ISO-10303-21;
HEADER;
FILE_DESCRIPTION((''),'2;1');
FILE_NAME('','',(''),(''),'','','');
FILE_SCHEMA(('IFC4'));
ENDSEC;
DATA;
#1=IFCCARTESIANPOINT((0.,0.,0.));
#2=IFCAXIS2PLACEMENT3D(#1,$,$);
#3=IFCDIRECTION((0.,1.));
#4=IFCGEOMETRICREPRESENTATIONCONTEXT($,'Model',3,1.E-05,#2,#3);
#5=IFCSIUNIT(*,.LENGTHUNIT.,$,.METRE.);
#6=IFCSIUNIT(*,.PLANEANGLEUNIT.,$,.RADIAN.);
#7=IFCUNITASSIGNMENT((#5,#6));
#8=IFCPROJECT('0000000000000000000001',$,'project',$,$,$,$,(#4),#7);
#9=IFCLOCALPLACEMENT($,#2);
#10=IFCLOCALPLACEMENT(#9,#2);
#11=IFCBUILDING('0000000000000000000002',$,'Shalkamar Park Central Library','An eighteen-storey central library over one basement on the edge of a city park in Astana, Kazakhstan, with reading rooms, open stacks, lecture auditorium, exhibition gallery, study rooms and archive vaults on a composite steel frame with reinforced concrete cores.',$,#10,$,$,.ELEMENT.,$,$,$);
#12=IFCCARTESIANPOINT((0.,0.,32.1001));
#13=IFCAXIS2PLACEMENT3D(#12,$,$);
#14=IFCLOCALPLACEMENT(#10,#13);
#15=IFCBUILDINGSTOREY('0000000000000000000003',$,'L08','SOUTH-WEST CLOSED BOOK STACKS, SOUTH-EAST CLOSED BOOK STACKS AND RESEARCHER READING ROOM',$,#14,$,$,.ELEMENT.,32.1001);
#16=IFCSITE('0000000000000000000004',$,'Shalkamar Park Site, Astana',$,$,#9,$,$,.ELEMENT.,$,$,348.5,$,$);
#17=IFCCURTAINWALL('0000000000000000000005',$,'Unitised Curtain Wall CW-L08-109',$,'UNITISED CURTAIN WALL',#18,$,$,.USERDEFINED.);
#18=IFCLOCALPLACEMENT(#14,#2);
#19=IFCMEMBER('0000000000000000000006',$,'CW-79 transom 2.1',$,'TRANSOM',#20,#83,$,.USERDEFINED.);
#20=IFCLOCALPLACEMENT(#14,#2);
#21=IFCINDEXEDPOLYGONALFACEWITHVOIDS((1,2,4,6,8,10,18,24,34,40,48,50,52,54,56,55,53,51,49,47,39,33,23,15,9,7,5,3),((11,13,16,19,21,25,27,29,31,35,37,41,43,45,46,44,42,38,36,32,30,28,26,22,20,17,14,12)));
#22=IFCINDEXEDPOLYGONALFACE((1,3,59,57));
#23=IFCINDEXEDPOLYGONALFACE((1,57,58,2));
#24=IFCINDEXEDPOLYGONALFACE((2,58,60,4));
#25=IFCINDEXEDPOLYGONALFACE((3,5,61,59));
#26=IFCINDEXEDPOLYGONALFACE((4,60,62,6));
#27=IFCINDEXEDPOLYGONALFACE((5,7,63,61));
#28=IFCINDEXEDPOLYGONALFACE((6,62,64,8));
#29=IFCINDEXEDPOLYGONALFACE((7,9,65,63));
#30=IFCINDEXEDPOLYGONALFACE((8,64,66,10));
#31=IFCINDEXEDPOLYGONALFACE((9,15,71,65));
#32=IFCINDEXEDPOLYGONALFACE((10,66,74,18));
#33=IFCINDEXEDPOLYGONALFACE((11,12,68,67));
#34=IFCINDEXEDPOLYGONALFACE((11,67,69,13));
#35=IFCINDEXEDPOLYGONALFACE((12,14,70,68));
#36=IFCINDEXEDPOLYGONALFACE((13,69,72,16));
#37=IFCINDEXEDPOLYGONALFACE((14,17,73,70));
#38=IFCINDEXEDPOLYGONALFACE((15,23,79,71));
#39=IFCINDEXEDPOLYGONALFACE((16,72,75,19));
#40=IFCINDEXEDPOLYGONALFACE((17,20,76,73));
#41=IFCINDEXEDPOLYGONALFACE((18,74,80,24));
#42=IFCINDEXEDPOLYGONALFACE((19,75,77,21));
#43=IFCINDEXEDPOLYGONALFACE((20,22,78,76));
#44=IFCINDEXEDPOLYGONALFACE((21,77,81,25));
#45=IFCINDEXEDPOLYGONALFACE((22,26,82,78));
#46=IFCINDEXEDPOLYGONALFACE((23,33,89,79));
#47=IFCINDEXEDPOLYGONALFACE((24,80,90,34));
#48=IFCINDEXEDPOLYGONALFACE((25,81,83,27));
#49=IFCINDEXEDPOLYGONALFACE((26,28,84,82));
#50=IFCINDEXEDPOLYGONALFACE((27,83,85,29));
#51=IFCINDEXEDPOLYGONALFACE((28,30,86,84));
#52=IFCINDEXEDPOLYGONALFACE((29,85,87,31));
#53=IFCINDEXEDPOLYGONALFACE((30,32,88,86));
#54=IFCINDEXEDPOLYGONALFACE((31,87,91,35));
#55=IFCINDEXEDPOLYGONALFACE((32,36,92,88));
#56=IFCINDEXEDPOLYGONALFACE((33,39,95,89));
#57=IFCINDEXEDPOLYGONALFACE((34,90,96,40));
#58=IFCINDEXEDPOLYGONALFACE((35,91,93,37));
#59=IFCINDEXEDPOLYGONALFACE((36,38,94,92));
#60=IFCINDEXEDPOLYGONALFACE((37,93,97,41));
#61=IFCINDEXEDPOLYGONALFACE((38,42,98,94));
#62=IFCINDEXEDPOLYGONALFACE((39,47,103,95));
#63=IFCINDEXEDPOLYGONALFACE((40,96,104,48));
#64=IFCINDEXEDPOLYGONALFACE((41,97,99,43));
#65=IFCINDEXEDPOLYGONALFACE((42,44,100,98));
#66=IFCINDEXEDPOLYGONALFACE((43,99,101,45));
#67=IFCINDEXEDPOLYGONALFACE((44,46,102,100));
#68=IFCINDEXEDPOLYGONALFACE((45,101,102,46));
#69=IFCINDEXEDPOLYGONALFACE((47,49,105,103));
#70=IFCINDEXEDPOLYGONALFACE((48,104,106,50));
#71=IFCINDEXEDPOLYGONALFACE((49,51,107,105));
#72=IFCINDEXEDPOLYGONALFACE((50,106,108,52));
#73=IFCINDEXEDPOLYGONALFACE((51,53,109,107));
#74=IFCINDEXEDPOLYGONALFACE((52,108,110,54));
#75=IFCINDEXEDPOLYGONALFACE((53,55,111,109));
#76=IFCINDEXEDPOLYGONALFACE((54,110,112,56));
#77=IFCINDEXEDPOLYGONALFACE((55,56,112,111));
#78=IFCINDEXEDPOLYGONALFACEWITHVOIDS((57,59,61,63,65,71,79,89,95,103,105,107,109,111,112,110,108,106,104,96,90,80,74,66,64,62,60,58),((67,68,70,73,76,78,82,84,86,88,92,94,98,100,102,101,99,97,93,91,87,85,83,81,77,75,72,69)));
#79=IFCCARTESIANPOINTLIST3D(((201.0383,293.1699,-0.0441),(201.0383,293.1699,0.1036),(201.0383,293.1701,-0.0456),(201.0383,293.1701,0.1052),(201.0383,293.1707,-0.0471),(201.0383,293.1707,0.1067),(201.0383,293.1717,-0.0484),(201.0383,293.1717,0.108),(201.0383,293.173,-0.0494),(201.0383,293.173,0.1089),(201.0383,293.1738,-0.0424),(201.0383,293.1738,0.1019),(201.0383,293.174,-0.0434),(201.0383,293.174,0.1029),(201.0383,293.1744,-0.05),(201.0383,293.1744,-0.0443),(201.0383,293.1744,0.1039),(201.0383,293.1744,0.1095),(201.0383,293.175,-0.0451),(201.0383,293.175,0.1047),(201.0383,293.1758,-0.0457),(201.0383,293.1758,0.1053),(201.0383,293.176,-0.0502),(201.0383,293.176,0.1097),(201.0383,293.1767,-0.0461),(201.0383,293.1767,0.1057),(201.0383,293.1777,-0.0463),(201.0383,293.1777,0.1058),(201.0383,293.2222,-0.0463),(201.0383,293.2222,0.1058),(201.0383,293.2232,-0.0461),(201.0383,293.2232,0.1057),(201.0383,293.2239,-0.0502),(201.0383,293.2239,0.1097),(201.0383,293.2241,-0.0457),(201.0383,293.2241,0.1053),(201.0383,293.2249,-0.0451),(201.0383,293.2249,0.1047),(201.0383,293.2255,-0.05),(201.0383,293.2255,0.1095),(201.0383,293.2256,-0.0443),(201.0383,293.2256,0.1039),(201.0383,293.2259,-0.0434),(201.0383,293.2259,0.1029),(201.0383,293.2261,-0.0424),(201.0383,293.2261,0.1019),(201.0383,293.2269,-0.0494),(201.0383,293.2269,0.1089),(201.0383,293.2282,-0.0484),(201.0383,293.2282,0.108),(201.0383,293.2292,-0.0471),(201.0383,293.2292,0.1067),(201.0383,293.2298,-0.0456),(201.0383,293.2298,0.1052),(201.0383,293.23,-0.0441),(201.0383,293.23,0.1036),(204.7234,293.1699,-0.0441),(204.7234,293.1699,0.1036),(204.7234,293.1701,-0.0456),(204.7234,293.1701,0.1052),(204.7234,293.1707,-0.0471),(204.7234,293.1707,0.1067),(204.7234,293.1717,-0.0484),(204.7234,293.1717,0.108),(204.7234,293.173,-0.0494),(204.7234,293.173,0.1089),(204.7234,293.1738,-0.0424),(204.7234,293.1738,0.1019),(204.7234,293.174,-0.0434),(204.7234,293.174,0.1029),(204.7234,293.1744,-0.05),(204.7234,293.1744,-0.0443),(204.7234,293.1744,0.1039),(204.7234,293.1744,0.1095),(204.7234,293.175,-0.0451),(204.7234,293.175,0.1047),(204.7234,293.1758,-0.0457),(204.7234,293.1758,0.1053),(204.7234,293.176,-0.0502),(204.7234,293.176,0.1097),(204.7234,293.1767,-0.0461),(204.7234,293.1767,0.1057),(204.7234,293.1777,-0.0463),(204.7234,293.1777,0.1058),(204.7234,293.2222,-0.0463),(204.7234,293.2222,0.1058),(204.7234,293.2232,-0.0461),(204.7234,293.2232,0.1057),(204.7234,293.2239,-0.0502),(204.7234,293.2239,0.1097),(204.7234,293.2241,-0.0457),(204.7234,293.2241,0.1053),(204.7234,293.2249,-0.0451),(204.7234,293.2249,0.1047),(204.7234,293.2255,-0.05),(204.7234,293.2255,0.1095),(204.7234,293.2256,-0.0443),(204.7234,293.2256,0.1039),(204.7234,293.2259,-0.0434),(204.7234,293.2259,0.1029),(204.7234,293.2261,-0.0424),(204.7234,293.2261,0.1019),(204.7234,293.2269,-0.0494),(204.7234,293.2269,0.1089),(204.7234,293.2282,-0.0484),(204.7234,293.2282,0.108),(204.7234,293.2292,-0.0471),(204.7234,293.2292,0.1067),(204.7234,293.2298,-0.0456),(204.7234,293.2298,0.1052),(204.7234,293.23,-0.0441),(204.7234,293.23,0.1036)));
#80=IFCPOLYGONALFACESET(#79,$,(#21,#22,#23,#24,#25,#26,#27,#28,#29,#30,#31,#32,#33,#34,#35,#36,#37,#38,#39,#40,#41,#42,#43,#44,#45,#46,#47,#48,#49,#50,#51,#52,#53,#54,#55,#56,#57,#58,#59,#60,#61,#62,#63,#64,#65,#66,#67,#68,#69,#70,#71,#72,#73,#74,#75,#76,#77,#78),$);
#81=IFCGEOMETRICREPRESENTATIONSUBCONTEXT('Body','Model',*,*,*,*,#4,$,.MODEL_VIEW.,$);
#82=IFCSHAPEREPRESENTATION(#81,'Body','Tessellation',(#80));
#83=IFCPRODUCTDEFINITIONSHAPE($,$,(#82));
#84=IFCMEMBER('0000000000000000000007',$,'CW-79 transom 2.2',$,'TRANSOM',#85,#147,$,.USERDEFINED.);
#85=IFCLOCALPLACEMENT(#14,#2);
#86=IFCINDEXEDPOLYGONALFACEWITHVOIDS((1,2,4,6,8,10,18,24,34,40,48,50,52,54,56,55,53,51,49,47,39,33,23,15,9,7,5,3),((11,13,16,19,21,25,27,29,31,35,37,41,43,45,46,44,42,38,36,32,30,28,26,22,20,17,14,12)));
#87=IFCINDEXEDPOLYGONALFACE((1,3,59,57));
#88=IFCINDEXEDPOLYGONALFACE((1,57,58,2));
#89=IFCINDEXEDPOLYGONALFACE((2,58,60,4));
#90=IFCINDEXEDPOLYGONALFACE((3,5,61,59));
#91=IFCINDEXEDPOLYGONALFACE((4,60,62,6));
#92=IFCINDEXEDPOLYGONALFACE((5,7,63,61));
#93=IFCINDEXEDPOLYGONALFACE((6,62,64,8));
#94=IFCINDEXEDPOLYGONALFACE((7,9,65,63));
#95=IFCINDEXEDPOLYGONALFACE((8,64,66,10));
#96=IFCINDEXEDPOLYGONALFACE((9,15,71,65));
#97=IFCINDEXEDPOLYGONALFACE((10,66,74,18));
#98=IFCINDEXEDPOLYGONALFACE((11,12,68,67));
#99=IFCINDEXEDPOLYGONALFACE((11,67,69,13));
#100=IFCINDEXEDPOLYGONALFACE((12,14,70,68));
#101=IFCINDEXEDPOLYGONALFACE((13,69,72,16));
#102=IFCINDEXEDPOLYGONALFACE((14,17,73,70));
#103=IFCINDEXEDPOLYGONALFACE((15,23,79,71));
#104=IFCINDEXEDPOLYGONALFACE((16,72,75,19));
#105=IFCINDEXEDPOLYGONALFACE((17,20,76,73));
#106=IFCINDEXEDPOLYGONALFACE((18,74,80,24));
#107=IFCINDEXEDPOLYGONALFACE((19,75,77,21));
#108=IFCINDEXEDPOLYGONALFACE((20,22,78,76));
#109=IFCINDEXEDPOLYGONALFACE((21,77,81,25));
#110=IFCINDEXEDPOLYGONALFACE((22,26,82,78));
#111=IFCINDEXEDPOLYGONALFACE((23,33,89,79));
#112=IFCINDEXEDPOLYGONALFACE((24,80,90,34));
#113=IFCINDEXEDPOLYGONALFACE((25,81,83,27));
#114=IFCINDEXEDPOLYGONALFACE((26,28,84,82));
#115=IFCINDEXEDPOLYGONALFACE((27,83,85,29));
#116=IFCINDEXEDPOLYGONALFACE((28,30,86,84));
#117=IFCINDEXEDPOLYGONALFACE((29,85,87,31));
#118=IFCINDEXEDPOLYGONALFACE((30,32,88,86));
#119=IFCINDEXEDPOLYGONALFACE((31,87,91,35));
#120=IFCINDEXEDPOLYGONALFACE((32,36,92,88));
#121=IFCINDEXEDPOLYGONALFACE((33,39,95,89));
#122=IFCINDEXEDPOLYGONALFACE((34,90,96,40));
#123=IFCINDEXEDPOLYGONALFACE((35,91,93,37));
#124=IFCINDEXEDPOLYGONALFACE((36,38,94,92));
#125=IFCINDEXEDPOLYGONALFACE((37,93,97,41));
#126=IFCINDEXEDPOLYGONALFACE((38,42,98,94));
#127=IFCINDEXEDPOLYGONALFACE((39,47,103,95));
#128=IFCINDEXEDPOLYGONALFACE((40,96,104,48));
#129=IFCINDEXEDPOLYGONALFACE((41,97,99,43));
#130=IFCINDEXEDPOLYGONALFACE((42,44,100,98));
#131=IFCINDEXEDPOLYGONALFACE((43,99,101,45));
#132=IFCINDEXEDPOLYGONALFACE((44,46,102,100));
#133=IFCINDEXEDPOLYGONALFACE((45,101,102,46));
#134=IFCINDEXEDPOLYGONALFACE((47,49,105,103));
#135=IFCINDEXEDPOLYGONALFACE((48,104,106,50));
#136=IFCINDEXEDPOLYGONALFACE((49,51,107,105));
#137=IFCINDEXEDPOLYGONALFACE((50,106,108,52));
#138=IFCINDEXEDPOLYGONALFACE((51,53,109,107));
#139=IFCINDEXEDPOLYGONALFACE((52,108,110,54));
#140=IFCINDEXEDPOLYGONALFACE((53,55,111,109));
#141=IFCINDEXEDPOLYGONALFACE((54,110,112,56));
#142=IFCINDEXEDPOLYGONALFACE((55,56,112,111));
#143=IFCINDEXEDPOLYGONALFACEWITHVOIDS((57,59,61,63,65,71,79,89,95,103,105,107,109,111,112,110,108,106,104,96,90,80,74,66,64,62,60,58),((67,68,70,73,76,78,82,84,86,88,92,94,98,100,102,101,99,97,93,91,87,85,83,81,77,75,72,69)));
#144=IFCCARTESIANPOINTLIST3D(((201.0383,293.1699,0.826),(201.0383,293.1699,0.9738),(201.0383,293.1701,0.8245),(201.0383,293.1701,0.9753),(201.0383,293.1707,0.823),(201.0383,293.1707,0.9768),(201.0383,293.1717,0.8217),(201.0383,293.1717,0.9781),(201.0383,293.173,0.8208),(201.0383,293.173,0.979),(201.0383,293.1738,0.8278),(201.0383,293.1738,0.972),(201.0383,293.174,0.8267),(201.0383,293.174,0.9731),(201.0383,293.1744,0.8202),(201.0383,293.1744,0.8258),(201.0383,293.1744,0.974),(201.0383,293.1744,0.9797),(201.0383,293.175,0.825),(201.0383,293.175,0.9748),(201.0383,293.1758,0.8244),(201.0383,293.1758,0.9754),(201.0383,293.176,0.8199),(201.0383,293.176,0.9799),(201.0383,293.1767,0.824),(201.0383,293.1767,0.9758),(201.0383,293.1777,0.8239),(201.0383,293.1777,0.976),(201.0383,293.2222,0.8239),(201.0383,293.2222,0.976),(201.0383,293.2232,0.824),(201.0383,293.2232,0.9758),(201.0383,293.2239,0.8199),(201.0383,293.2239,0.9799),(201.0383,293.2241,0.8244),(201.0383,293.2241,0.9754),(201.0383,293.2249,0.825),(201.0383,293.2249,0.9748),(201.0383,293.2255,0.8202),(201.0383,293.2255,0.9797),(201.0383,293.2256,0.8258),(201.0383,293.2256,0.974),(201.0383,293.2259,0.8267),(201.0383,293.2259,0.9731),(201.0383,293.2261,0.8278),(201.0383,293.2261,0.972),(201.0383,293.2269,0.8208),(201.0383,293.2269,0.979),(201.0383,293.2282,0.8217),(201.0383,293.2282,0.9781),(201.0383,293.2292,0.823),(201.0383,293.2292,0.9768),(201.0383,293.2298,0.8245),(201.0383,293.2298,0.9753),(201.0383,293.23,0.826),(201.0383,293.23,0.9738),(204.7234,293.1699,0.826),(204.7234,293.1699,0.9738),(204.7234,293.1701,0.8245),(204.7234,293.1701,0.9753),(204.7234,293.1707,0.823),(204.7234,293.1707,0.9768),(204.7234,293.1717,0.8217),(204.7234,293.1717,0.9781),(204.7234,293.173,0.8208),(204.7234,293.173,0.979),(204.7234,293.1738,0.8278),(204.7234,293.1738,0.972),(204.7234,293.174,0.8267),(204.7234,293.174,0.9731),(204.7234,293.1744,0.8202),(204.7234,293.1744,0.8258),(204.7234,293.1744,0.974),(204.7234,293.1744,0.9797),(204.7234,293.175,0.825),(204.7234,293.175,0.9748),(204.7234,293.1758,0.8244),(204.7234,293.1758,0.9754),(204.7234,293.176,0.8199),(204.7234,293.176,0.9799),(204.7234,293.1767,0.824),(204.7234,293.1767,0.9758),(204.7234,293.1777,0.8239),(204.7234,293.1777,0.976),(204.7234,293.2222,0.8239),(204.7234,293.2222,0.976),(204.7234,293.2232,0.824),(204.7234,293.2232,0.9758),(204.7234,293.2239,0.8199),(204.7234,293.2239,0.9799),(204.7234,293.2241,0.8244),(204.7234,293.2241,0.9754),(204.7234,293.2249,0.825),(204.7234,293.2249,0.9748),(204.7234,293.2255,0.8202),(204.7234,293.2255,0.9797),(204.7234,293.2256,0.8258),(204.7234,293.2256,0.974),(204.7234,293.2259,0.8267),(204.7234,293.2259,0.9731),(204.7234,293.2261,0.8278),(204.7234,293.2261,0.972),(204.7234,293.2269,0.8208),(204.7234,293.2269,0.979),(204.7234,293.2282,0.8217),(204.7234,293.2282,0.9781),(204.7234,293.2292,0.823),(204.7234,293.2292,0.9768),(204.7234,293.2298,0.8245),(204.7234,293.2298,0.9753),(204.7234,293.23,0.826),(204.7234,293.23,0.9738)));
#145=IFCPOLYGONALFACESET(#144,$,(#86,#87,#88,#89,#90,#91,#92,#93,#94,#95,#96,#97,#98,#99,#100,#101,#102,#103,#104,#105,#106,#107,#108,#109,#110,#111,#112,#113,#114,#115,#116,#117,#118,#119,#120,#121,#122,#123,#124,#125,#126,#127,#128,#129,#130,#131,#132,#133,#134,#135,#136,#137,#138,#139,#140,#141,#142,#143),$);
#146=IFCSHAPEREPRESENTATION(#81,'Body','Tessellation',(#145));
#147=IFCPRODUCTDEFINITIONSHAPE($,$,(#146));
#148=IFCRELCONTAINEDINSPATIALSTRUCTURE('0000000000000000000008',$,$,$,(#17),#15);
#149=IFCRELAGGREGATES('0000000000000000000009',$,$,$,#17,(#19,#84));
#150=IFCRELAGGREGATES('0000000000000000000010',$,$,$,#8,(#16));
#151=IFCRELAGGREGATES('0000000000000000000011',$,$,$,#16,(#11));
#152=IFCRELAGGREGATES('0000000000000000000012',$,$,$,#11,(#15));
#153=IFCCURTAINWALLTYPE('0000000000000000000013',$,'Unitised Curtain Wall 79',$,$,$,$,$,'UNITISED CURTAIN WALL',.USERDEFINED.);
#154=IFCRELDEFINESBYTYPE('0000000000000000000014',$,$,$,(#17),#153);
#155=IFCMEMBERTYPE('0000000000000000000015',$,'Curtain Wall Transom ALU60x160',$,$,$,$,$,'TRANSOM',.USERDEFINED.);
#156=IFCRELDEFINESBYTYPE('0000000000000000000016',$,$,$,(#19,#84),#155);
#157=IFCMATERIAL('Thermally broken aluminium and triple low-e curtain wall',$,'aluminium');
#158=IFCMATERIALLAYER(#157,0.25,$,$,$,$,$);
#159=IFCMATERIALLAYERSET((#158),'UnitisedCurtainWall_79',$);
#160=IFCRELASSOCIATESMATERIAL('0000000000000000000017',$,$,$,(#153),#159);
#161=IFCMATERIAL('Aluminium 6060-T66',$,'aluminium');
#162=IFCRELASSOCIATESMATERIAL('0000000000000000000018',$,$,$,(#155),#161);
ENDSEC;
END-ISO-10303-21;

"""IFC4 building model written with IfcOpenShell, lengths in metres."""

from ifc_helpers import new_model, si_unit, direction, frame, origin, origin_2d, place, context, subcontext, project, spatial, hollow_rectangle, extrude, material, layer, layer_set, material_profile, profile_set, type_object, element, aggregate, save


model = new_model("IFC4")

# Units and contexts
model_context = context("Model", 3, precision=1e-05, world=origin(), true_north=direction((0.0, 1.0)))
body_context = subcontext(model_context, "Body", "Model", "MODEL_VIEW")
ifc_project = project(units=[si_unit("LENGTHUNIT", "METRE"), si_unit("PLANEANGLEUNIT", "RADIAN")], contexts=[model_context])

# Site, building, storey
site_placement = place(None, origin())
site = spatial("IfcSite", under=ifc_project, at=site_placement, Name="Shalkamar Park Site, Astana", CompositionType="ELEMENT", RefElevation=348.5)
building_placement = place(site_placement, origin())
building = spatial("IfcBuilding", under=site, at=building_placement, Name="Shalkamar Park Central Library", Description="An eighteen-storey central library over one basement on the edge of a city park in Astana, Kazakhstan, with reading rooms, open stacks, lecture auditorium, exhibition gallery, study rooms and archive vaults on a composite steel frame with reinforced concrete cores.", CompositionType="ELEMENT")
storey_placement = place(building_placement, frame((0.0, 0.0, 32.1001)))
storey = spatial("IfcBuildingStorey", under=building, at=storey_placement, Name="L08", Description="SOUTH-WEST CLOSED BOOK STACKS, SOUTH-EAST CLOSED BOOK STACKS AND RESEARCHER READING ROOM", CompositionType="ELEMENT", Elevation=32.1001)

# Curtain wall
ifc_material_1 = material(Name="Thermally broken aluminium and triple low-e curtain wall", Category="aluminium")
ifc_layer_1 = layer(ifc_material_1, 0.25)
ifc_layer_set_1 = layer_set([ifc_layer_1], Name="UnitisedCurtainWall_79")
curtain_wall_type_1 = type_object("IfcCurtainWallType", Name="Unitised Curtain Wall 79", ElementType="UNITISED CURTAIN WALL", PredefinedType="USERDEFINED", material=ifc_layer_set_1)
curtain_wall_1_placement = place(storey_placement, origin())
curtain_wall_1 = element("IfcCurtainWall", 1, at=curtain_wall_1_placement, inside=storey, type_object=curtain_wall_type_1, Name="Unitised Curtain Wall CW-L08-109", ObjectType="UNITISED CURTAIN WALL", PredefinedType="USERDEFINED")
ifc_material_2 = material(Name="Aluminium 6060-T66", Category="aluminium")

# Members
ifc_material_profile_1 = material_profile(ifc_material_2, hollow_rectangle(XDim=0.0601, YDim=0.1599, WallThickness=0.0039, InnerFilletRadius=0.0039, OuterFilletRadius=0.0061, at=origin_2d()), Name="ALU 60x160x4")
ifc_profile_set_1 = profile_set([ifc_material_profile_1], Name="Aluminium 6060-T66")
member_type_1 = type_object("IfcMemberType", Name="Curtain Wall Transom ALU60x160", ElementType="TRANSOM", PredefinedType="USERDEFINED", material=ifc_profile_set_1)
member_1_placement = place(storey_placement, frame((201.0383, 293.2, 0.0298), z_axis=(1.0, 0.0, 0.0), x_axis=(0.0, 1.0, 0.0)))
member_1 = element("IfcMember", 2, at=member_1_placement, type_object=member_type_1, Name="CW-79 transom 2.1", ObjectType="TRANSOM", PredefinedType="USERDEFINED", context=body_context, shape_type="SweptSolid", body=[
    extrude(hollow_rectangle(XDim=0.0601, YDim=0.1599, WallThickness=0.0039, InnerFilletRadius=0.0039, OuterFilletRadius=0.0061, at=origin_2d()), origin(), (0.0, 0.0, 1.0), 3.6851),
])
member_2_placement = place(storey_placement, frame((201.0383, 293.2, 0.8999), z_axis=(1.0, 0.0, 0.0), x_axis=(0.0, 1.0, 0.0)))
member_2 = element("IfcMember", 3, at=member_2_placement, type_object=member_type_1, Name="CW-79 transom 2.2", ObjectType="TRANSOM", PredefinedType="USERDEFINED", context=body_context, shape_type="SweptSolid", body=[
    extrude(hollow_rectangle(XDim=0.0601, YDim=0.1599, WallThickness=0.0039, InnerFilletRadius=0.0039, OuterFilletRadius=0.0061, at=origin_2d()), origin(), (0.0, 0.0, 1.0), 3.6851),
])

aggregate(curtain_wall_1, [member_1, member_2])

save(model, "model.ifc")
